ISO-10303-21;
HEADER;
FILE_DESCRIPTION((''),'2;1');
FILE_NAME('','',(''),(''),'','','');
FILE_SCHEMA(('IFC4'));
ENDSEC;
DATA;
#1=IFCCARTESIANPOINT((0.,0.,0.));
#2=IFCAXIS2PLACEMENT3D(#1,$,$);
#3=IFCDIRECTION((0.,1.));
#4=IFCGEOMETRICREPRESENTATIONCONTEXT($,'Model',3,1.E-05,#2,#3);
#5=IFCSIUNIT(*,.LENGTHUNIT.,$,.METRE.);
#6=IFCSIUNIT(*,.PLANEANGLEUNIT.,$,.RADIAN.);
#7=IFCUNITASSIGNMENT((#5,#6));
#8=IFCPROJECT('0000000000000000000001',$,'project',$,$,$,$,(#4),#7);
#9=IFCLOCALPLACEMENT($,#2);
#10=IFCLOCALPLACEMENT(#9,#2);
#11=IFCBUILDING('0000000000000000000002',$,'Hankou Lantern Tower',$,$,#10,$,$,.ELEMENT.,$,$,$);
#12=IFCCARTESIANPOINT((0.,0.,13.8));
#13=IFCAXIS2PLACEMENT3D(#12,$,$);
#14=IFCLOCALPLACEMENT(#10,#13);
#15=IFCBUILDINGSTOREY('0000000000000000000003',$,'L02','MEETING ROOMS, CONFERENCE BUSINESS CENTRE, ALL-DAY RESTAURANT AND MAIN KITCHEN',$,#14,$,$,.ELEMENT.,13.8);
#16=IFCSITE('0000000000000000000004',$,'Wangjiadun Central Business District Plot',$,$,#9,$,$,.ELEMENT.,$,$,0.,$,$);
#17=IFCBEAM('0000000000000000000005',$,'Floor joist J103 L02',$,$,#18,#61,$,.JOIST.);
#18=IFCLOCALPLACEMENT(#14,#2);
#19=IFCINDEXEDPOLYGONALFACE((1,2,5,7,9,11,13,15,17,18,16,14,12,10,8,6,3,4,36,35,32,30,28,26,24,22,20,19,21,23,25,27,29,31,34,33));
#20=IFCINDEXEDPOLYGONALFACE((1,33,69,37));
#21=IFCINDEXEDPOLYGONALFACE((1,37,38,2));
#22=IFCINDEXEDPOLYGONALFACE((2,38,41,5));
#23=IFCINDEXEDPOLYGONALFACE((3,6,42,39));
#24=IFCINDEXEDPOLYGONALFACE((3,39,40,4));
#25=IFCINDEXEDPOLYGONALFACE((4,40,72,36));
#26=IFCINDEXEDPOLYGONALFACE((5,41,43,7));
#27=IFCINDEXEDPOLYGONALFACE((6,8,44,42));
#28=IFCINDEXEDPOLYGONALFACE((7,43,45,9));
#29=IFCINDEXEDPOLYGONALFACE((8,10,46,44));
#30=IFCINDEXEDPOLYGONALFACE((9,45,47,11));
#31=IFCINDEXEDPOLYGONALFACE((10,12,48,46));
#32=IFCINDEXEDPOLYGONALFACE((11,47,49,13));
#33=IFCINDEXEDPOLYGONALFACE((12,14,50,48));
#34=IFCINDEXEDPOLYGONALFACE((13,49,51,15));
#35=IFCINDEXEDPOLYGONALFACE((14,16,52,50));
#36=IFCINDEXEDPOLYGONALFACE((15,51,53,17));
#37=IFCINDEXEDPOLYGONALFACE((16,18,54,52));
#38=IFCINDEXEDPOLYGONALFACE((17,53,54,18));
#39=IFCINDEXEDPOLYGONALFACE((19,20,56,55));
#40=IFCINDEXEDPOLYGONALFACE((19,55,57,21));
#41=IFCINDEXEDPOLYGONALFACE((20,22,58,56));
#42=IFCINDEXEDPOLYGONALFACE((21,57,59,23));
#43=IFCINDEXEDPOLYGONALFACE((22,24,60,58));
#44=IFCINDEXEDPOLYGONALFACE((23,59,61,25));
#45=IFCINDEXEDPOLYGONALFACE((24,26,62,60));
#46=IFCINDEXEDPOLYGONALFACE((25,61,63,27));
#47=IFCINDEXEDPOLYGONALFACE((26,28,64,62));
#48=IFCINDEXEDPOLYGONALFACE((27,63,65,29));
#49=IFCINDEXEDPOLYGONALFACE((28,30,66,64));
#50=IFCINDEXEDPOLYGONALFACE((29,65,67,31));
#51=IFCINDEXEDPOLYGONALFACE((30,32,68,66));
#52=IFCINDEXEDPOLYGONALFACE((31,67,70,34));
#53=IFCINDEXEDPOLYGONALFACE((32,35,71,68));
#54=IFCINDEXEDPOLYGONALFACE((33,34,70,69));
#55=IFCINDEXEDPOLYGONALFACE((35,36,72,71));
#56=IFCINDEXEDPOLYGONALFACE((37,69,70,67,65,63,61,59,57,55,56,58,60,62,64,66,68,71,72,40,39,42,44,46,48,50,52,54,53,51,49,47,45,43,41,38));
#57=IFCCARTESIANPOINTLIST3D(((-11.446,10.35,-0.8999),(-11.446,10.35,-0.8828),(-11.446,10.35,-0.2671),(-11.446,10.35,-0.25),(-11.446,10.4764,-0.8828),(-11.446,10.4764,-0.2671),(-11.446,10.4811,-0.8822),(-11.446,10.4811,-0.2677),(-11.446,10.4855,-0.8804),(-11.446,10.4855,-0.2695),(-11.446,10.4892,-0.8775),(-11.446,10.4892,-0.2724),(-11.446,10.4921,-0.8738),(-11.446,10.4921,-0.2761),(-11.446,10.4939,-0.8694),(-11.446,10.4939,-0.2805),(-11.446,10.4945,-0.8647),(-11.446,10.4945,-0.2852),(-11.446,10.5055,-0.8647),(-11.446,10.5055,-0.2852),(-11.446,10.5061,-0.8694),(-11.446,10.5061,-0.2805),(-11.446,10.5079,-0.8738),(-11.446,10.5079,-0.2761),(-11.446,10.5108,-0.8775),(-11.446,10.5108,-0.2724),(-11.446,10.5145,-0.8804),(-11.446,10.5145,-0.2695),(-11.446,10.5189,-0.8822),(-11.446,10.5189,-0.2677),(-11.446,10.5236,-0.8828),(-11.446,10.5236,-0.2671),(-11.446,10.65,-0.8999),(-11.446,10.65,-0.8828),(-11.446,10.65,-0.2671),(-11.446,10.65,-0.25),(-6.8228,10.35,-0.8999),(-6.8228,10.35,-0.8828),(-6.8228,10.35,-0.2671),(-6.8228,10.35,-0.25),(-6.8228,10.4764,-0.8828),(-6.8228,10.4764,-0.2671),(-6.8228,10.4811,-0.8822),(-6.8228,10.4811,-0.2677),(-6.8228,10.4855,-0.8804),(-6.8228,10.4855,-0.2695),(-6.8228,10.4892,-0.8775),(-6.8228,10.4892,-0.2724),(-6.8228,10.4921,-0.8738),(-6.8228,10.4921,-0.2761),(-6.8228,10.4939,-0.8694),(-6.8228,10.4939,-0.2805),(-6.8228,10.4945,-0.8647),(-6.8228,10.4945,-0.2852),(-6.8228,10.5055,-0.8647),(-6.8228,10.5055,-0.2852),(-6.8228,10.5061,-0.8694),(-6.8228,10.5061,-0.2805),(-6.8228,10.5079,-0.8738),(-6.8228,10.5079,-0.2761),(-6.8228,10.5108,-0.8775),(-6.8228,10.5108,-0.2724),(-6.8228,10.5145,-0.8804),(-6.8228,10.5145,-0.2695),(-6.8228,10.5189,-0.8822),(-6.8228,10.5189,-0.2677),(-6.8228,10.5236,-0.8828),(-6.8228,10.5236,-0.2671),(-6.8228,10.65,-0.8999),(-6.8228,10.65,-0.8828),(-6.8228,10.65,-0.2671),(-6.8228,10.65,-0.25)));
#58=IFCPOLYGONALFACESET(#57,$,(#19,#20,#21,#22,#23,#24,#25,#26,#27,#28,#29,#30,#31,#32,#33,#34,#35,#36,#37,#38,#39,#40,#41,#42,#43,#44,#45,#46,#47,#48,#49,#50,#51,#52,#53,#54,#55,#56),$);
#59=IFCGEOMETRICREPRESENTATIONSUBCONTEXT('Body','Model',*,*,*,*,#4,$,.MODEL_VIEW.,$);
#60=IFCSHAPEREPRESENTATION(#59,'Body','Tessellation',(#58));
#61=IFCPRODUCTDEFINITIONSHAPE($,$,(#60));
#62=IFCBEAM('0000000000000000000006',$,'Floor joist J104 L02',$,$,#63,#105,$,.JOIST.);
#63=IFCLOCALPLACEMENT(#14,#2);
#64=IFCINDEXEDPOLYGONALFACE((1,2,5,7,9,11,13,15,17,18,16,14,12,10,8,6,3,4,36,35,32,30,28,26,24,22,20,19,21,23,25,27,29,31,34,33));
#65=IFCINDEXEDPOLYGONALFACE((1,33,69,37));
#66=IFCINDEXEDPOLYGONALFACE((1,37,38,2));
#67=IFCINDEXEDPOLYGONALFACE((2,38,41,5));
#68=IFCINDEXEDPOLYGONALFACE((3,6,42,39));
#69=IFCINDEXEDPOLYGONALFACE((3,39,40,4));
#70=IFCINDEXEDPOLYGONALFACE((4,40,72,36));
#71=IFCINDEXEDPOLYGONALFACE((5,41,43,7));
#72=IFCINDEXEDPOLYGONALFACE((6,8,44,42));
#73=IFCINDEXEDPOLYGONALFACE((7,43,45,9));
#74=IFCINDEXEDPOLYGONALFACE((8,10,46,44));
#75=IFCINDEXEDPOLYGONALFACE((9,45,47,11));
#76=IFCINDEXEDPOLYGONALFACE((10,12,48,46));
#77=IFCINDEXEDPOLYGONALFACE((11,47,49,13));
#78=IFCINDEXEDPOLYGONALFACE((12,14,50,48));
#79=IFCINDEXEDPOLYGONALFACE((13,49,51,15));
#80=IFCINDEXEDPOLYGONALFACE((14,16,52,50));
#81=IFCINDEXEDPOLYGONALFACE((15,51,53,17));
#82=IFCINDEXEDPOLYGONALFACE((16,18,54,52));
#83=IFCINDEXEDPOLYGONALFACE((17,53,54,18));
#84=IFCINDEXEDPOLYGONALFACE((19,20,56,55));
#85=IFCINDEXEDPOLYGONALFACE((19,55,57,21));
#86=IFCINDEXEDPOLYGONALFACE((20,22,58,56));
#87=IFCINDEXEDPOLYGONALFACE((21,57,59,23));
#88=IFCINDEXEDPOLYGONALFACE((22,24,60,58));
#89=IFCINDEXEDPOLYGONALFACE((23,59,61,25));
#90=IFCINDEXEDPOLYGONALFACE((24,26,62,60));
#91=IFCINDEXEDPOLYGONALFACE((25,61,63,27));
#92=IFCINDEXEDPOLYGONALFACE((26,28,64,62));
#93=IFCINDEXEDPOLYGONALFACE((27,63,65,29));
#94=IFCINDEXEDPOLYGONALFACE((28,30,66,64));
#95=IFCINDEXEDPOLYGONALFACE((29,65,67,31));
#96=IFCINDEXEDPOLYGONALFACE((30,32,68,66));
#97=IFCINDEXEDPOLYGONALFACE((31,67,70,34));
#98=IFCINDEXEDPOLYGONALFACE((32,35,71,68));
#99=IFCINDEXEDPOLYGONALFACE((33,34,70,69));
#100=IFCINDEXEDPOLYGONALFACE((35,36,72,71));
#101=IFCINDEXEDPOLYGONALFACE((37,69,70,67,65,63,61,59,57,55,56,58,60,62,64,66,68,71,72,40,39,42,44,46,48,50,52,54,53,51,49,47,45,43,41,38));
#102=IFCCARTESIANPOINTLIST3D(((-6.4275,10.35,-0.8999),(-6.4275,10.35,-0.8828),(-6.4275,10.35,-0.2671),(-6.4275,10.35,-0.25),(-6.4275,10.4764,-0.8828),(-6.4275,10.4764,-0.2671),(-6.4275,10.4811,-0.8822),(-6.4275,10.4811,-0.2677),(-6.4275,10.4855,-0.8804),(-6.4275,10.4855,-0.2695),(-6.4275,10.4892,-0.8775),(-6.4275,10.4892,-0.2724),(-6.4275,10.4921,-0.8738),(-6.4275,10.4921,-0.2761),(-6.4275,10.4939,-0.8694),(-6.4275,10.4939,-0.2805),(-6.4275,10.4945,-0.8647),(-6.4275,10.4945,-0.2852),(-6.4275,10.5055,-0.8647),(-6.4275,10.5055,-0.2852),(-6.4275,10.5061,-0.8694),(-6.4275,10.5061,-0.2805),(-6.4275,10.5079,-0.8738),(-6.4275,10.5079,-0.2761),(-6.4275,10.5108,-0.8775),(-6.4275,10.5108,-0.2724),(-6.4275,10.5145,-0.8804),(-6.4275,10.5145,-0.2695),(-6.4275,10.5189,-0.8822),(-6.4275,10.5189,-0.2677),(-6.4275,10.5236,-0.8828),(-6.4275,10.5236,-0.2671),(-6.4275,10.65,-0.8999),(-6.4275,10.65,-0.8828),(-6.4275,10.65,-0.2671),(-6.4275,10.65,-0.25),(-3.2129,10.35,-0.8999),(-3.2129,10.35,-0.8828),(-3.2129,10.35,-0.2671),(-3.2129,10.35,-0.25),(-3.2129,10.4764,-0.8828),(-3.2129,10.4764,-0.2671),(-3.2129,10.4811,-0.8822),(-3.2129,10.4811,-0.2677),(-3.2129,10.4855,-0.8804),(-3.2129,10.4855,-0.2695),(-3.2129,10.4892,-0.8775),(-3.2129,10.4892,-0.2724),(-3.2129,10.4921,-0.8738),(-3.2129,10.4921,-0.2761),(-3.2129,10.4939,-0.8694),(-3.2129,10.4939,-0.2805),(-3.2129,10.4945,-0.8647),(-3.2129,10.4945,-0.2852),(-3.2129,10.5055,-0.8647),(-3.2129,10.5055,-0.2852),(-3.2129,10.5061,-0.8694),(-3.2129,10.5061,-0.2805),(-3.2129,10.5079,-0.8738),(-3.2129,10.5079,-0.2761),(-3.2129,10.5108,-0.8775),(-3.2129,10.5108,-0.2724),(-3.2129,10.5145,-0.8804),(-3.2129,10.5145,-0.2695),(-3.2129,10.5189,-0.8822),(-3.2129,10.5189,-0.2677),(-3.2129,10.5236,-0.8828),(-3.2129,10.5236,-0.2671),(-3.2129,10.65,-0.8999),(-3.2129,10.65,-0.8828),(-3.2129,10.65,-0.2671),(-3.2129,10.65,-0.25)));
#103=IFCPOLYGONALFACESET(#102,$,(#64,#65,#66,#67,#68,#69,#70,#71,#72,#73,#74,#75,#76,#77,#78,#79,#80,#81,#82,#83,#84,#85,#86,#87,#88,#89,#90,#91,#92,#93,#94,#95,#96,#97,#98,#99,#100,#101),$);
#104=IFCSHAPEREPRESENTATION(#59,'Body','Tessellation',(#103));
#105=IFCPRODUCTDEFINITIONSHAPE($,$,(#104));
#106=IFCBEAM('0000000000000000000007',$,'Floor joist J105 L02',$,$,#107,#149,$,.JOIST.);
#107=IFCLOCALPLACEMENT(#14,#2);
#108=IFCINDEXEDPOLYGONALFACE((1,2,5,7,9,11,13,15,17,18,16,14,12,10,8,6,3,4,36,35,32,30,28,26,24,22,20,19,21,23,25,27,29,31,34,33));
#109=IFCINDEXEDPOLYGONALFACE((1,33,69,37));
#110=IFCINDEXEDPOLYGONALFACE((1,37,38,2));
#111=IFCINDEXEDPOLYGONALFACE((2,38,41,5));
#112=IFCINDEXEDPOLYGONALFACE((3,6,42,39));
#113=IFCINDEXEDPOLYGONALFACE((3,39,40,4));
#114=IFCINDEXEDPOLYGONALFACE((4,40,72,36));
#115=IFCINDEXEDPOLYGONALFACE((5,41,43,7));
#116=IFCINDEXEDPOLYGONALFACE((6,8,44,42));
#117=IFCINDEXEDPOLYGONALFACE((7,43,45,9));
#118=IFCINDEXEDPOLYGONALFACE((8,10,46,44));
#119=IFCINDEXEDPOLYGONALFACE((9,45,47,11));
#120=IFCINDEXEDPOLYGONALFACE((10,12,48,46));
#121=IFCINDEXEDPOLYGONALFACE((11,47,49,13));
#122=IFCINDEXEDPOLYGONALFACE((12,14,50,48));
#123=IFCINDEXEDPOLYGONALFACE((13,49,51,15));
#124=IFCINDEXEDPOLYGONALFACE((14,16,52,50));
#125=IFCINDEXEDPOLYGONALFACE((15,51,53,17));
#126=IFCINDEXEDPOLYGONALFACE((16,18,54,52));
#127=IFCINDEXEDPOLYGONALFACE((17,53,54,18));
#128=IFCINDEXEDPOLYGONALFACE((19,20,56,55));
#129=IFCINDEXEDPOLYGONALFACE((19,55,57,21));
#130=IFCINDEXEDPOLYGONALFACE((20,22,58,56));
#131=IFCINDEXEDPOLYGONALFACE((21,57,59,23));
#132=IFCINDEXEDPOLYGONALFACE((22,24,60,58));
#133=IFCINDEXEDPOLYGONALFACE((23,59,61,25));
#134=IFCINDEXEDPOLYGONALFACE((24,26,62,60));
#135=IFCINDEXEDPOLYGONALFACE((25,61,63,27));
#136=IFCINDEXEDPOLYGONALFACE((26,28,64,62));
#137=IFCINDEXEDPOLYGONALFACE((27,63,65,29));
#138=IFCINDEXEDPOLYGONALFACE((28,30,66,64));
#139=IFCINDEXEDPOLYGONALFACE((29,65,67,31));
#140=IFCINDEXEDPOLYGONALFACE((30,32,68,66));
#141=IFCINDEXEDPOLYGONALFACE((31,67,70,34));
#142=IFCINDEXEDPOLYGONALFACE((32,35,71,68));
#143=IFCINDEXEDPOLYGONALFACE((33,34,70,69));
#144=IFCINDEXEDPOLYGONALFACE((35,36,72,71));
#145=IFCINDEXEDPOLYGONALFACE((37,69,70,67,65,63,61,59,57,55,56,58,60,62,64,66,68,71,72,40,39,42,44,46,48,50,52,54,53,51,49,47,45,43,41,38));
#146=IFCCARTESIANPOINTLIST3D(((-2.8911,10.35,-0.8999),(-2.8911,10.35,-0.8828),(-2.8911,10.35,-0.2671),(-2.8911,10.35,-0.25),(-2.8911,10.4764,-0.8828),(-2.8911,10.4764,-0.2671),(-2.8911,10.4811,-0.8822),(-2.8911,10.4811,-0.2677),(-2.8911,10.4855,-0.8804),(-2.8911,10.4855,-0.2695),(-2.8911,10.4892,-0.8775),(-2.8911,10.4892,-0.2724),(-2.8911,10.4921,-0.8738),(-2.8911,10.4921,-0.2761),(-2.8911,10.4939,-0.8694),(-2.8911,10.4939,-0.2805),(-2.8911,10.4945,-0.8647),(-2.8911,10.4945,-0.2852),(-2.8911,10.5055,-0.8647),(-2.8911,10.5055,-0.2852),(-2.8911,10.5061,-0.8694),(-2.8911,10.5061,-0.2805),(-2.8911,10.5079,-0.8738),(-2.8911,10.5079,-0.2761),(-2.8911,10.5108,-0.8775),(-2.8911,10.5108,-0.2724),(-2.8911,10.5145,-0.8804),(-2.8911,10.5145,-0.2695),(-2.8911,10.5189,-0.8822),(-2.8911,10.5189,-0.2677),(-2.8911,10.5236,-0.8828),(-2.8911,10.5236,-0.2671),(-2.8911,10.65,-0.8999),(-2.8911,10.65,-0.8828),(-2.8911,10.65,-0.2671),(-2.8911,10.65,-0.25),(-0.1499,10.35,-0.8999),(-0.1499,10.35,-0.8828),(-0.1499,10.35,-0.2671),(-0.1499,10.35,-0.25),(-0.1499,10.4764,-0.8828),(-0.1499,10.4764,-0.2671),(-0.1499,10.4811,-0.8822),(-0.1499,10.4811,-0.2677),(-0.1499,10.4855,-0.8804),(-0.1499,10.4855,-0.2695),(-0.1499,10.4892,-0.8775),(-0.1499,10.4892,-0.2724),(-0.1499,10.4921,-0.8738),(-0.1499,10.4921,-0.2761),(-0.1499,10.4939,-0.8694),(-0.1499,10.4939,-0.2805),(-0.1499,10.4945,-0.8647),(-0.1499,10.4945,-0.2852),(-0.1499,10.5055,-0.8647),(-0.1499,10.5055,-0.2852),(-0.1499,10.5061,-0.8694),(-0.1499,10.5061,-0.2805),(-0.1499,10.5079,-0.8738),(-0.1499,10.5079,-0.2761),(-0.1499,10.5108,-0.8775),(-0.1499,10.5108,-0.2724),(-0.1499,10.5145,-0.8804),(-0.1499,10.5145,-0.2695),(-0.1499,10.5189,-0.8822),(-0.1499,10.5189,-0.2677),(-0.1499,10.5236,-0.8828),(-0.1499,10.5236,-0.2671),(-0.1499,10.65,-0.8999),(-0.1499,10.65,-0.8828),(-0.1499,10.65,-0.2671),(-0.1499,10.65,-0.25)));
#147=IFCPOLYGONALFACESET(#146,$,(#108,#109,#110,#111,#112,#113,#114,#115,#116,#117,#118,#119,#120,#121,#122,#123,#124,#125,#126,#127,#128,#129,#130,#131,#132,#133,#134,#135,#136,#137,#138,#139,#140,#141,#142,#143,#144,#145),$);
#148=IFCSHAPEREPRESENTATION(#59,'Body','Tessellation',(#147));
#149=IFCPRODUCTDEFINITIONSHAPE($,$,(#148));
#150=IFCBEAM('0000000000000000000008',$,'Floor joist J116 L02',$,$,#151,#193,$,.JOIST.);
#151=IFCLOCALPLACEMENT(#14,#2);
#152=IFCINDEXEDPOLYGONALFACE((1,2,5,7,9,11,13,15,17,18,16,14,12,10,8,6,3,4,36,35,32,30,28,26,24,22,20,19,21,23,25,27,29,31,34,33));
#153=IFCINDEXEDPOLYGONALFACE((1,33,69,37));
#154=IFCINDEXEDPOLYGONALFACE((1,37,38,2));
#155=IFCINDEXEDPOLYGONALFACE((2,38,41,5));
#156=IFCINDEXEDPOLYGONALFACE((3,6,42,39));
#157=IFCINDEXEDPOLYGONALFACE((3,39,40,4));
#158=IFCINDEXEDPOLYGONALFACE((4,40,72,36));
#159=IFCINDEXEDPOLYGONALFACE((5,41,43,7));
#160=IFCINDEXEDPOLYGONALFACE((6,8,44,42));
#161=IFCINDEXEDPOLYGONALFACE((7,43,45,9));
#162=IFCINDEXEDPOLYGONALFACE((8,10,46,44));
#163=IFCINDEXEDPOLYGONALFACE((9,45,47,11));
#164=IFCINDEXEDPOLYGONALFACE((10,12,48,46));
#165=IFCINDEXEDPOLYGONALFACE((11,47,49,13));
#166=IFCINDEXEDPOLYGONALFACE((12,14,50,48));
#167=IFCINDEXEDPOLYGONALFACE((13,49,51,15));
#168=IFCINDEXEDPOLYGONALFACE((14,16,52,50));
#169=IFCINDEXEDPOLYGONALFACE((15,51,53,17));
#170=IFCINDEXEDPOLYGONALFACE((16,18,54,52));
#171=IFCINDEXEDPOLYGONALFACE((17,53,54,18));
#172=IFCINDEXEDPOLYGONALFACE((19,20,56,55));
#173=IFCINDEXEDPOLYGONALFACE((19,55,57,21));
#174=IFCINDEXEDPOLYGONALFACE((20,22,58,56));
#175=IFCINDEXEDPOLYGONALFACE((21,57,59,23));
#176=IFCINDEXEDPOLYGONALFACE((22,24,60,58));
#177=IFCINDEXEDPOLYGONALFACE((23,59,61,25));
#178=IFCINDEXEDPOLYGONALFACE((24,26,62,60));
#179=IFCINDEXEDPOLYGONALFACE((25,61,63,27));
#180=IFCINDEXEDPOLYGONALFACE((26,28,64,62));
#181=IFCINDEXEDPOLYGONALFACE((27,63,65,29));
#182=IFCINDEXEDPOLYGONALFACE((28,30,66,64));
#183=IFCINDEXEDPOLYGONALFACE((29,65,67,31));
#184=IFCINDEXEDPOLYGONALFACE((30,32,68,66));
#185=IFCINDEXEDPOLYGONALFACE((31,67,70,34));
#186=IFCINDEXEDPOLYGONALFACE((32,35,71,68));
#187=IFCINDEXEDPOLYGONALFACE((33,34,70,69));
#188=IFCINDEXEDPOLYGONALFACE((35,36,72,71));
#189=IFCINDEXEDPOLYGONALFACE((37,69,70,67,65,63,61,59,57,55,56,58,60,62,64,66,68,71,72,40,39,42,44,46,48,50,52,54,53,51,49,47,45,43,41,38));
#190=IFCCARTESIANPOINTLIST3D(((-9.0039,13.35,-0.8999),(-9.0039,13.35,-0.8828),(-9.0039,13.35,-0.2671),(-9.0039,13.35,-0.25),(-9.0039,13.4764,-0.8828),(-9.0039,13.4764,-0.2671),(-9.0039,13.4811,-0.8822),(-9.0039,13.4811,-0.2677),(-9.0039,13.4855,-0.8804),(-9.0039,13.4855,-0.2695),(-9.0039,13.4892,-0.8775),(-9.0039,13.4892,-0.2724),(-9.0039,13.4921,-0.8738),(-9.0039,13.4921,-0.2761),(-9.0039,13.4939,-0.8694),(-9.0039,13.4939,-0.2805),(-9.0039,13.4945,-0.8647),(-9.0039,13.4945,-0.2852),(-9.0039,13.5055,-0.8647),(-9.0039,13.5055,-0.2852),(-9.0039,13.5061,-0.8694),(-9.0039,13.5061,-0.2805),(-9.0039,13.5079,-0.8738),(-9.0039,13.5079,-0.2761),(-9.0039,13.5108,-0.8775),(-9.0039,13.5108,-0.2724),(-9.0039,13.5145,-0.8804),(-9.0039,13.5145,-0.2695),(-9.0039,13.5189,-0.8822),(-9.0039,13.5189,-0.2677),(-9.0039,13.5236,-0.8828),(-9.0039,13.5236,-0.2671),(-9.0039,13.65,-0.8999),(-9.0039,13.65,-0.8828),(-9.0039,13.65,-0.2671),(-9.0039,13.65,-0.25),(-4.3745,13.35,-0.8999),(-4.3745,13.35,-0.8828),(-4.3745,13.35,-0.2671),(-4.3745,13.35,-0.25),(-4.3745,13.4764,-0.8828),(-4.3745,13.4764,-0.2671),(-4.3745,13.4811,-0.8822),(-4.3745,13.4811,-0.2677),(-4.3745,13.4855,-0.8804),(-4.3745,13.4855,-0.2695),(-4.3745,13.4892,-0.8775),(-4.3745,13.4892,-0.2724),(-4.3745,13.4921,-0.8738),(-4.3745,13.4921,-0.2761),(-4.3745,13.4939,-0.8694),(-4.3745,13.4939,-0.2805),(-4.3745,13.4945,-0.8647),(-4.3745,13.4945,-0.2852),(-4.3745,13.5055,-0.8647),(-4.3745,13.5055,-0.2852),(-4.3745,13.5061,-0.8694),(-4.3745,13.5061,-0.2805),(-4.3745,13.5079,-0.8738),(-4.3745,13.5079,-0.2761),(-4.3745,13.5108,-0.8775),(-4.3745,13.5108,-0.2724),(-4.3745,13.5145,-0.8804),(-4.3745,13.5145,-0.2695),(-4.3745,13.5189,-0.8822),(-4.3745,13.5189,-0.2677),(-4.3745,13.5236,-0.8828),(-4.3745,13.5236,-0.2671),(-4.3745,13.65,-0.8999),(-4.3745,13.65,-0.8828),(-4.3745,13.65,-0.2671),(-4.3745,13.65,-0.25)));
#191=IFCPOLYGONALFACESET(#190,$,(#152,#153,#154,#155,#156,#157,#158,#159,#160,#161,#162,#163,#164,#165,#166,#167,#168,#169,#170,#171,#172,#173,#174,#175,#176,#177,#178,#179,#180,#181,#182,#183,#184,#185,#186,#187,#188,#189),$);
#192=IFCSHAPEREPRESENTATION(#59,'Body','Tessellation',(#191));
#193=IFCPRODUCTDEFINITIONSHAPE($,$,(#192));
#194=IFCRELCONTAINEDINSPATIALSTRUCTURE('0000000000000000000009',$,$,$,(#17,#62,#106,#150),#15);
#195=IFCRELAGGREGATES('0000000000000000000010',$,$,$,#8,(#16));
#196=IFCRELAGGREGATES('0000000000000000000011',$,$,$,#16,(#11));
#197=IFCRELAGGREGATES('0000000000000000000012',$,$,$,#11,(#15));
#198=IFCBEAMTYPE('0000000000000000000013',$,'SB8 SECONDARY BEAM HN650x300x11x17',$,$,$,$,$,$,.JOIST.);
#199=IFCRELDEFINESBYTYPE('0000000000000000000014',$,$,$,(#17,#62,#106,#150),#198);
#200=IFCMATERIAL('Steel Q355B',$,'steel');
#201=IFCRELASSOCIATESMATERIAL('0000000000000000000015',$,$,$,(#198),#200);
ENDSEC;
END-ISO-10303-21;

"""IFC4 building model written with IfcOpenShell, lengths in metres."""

from ifc_helpers import new_model, si_unit, direction, frame, origin, origin_2d, place, context, subcontext, project, spatial, i_section, extrude, material, material_profile, profile_set, type_object, element, save


model = new_model("IFC4")

# Units and contexts
model_context = context("Model", 3, precision=1e-05, world=origin(), true_north=direction((0.0, 1.0)))
body_context = subcontext(model_context, "Body", "Model", "MODEL_VIEW")
ifc_project = project(units=[si_unit("LENGTHUNIT", "METRE"), si_unit("PLANEANGLEUNIT", "RADIAN")], contexts=[model_context])

# Site, building, storey
site_placement = place(None, origin())
site = spatial("IfcSite", under=ifc_project, at=site_placement, Name="Wangjiadun Central Business District Plot", CompositionType="ELEMENT", RefElevation=0.0)
building_placement = place(site_placement, origin())
building = spatial("IfcBuilding", under=site, at=building_placement, Name="Hankou Lantern Tower", CompositionType="ELEMENT")
storey_placement = place(building_placement, frame((0.0, 0.0, 13.8)))
storey = spatial("IfcBuildingStorey", under=building, at=storey_placement, Name="L02", Description="MEETING ROOMS, CONFERENCE BUSINESS CENTRE, ALL-DAY RESTAURANT AND MAIN KITCHEN", CompositionType="ELEMENT", Elevation=13.8)

# Beams
ifc_material_1 = material(Name="Steel Q355B", Category="steel")
ifc_material_profile = material_profile(ifc_material_1, i_section(OverallWidth=0.3, OverallDepth=0.6499, WebThickness=0.011, FlangeThickness=0.0171, FilletRadius=0.0181, at=origin_2d()), Name="HN650x300x11x17")
ifc_profile_set = profile_set([ifc_material_profile], Name="Steel Q355B")
beam_type = type_object("IfcBeamType", Name="SB8 SECONDARY BEAM HN650x300x11x17", PredefinedType="JOIST", material=ifc_profile_set)
beam_1_placement = place(storey_placement, frame((-11.446, 10.5, -0.575), z_axis=(1.0, 0.0, 0.0), x_axis=(0.0, 1.0, 0.0)))
element("IfcBeam", 1, at=beam_1_placement, inside=storey, type_object=beam_type, Name="Floor joist J103 L02", PredefinedType="JOIST", context=body_context, shape_type="SweptSolid", body=[
    extrude(i_section(OverallWidth=0.3, OverallDepth=0.6499, WebThickness=0.011, FlangeThickness=0.0171, FilletRadius=0.0181, at=origin_2d()), origin(), (0.0, 0.0, 1.0), 4.6233),
])
beam_2_placement = place(storey_placement, frame((-6.4275, 10.5, -0.575), z_axis=(1.0, 0.0, 0.0), x_axis=(0.0, 1.0, 0.0)))
element("IfcBeam", 2, at=beam_2_placement, inside=storey, type_object=beam_type, Name="Floor joist J104 L02", PredefinedType="JOIST", context=body_context, shape_type="SweptSolid", body=[
    extrude(i_section(OverallWidth=0.3, OverallDepth=0.6499, WebThickness=0.011, FlangeThickness=0.0171, FilletRadius=0.0181, at=origin_2d()), origin(), (0.0, 0.0, 1.0), 3.2146),
])
beam_3_placement = place(storey_placement, frame((-2.8911, 10.5, -0.575), z_axis=(1.0, 0.0, 0.0), x_axis=(0.0, 1.0, 0.0)))
element("IfcBeam", 3, at=beam_3_placement, inside=storey, type_object=beam_type, Name="Floor joist J105 L02", PredefinedType="JOIST", context=body_context, shape_type="SweptSolid", body=[
    extrude(i_section(OverallWidth=0.3, OverallDepth=0.6499, WebThickness=0.011, FlangeThickness=0.0171, FilletRadius=0.0181, at=origin_2d()), origin(), (0.0, 0.0, 1.0), 2.7412),
])
beam_4_placement = place(storey_placement, frame((-9.0039, 13.5, -0.575), z_axis=(1.0, 0.0, 0.0), x_axis=(0.0, 1.0, 0.0)))
element("IfcBeam", 4, at=beam_4_placement, inside=storey, type_object=beam_type, Name="Floor joist J116 L02", PredefinedType="JOIST", context=body_context, shape_type="SweptSolid", body=[
    extrude(i_section(OverallWidth=0.3, OverallDepth=0.6499, WebThickness=0.011, FlangeThickness=0.0171, FilletRadius=0.0181, at=origin_2d()), origin(), (0.0, 0.0, 1.0), 4.6294),
])

save(model, "model.ifc")
